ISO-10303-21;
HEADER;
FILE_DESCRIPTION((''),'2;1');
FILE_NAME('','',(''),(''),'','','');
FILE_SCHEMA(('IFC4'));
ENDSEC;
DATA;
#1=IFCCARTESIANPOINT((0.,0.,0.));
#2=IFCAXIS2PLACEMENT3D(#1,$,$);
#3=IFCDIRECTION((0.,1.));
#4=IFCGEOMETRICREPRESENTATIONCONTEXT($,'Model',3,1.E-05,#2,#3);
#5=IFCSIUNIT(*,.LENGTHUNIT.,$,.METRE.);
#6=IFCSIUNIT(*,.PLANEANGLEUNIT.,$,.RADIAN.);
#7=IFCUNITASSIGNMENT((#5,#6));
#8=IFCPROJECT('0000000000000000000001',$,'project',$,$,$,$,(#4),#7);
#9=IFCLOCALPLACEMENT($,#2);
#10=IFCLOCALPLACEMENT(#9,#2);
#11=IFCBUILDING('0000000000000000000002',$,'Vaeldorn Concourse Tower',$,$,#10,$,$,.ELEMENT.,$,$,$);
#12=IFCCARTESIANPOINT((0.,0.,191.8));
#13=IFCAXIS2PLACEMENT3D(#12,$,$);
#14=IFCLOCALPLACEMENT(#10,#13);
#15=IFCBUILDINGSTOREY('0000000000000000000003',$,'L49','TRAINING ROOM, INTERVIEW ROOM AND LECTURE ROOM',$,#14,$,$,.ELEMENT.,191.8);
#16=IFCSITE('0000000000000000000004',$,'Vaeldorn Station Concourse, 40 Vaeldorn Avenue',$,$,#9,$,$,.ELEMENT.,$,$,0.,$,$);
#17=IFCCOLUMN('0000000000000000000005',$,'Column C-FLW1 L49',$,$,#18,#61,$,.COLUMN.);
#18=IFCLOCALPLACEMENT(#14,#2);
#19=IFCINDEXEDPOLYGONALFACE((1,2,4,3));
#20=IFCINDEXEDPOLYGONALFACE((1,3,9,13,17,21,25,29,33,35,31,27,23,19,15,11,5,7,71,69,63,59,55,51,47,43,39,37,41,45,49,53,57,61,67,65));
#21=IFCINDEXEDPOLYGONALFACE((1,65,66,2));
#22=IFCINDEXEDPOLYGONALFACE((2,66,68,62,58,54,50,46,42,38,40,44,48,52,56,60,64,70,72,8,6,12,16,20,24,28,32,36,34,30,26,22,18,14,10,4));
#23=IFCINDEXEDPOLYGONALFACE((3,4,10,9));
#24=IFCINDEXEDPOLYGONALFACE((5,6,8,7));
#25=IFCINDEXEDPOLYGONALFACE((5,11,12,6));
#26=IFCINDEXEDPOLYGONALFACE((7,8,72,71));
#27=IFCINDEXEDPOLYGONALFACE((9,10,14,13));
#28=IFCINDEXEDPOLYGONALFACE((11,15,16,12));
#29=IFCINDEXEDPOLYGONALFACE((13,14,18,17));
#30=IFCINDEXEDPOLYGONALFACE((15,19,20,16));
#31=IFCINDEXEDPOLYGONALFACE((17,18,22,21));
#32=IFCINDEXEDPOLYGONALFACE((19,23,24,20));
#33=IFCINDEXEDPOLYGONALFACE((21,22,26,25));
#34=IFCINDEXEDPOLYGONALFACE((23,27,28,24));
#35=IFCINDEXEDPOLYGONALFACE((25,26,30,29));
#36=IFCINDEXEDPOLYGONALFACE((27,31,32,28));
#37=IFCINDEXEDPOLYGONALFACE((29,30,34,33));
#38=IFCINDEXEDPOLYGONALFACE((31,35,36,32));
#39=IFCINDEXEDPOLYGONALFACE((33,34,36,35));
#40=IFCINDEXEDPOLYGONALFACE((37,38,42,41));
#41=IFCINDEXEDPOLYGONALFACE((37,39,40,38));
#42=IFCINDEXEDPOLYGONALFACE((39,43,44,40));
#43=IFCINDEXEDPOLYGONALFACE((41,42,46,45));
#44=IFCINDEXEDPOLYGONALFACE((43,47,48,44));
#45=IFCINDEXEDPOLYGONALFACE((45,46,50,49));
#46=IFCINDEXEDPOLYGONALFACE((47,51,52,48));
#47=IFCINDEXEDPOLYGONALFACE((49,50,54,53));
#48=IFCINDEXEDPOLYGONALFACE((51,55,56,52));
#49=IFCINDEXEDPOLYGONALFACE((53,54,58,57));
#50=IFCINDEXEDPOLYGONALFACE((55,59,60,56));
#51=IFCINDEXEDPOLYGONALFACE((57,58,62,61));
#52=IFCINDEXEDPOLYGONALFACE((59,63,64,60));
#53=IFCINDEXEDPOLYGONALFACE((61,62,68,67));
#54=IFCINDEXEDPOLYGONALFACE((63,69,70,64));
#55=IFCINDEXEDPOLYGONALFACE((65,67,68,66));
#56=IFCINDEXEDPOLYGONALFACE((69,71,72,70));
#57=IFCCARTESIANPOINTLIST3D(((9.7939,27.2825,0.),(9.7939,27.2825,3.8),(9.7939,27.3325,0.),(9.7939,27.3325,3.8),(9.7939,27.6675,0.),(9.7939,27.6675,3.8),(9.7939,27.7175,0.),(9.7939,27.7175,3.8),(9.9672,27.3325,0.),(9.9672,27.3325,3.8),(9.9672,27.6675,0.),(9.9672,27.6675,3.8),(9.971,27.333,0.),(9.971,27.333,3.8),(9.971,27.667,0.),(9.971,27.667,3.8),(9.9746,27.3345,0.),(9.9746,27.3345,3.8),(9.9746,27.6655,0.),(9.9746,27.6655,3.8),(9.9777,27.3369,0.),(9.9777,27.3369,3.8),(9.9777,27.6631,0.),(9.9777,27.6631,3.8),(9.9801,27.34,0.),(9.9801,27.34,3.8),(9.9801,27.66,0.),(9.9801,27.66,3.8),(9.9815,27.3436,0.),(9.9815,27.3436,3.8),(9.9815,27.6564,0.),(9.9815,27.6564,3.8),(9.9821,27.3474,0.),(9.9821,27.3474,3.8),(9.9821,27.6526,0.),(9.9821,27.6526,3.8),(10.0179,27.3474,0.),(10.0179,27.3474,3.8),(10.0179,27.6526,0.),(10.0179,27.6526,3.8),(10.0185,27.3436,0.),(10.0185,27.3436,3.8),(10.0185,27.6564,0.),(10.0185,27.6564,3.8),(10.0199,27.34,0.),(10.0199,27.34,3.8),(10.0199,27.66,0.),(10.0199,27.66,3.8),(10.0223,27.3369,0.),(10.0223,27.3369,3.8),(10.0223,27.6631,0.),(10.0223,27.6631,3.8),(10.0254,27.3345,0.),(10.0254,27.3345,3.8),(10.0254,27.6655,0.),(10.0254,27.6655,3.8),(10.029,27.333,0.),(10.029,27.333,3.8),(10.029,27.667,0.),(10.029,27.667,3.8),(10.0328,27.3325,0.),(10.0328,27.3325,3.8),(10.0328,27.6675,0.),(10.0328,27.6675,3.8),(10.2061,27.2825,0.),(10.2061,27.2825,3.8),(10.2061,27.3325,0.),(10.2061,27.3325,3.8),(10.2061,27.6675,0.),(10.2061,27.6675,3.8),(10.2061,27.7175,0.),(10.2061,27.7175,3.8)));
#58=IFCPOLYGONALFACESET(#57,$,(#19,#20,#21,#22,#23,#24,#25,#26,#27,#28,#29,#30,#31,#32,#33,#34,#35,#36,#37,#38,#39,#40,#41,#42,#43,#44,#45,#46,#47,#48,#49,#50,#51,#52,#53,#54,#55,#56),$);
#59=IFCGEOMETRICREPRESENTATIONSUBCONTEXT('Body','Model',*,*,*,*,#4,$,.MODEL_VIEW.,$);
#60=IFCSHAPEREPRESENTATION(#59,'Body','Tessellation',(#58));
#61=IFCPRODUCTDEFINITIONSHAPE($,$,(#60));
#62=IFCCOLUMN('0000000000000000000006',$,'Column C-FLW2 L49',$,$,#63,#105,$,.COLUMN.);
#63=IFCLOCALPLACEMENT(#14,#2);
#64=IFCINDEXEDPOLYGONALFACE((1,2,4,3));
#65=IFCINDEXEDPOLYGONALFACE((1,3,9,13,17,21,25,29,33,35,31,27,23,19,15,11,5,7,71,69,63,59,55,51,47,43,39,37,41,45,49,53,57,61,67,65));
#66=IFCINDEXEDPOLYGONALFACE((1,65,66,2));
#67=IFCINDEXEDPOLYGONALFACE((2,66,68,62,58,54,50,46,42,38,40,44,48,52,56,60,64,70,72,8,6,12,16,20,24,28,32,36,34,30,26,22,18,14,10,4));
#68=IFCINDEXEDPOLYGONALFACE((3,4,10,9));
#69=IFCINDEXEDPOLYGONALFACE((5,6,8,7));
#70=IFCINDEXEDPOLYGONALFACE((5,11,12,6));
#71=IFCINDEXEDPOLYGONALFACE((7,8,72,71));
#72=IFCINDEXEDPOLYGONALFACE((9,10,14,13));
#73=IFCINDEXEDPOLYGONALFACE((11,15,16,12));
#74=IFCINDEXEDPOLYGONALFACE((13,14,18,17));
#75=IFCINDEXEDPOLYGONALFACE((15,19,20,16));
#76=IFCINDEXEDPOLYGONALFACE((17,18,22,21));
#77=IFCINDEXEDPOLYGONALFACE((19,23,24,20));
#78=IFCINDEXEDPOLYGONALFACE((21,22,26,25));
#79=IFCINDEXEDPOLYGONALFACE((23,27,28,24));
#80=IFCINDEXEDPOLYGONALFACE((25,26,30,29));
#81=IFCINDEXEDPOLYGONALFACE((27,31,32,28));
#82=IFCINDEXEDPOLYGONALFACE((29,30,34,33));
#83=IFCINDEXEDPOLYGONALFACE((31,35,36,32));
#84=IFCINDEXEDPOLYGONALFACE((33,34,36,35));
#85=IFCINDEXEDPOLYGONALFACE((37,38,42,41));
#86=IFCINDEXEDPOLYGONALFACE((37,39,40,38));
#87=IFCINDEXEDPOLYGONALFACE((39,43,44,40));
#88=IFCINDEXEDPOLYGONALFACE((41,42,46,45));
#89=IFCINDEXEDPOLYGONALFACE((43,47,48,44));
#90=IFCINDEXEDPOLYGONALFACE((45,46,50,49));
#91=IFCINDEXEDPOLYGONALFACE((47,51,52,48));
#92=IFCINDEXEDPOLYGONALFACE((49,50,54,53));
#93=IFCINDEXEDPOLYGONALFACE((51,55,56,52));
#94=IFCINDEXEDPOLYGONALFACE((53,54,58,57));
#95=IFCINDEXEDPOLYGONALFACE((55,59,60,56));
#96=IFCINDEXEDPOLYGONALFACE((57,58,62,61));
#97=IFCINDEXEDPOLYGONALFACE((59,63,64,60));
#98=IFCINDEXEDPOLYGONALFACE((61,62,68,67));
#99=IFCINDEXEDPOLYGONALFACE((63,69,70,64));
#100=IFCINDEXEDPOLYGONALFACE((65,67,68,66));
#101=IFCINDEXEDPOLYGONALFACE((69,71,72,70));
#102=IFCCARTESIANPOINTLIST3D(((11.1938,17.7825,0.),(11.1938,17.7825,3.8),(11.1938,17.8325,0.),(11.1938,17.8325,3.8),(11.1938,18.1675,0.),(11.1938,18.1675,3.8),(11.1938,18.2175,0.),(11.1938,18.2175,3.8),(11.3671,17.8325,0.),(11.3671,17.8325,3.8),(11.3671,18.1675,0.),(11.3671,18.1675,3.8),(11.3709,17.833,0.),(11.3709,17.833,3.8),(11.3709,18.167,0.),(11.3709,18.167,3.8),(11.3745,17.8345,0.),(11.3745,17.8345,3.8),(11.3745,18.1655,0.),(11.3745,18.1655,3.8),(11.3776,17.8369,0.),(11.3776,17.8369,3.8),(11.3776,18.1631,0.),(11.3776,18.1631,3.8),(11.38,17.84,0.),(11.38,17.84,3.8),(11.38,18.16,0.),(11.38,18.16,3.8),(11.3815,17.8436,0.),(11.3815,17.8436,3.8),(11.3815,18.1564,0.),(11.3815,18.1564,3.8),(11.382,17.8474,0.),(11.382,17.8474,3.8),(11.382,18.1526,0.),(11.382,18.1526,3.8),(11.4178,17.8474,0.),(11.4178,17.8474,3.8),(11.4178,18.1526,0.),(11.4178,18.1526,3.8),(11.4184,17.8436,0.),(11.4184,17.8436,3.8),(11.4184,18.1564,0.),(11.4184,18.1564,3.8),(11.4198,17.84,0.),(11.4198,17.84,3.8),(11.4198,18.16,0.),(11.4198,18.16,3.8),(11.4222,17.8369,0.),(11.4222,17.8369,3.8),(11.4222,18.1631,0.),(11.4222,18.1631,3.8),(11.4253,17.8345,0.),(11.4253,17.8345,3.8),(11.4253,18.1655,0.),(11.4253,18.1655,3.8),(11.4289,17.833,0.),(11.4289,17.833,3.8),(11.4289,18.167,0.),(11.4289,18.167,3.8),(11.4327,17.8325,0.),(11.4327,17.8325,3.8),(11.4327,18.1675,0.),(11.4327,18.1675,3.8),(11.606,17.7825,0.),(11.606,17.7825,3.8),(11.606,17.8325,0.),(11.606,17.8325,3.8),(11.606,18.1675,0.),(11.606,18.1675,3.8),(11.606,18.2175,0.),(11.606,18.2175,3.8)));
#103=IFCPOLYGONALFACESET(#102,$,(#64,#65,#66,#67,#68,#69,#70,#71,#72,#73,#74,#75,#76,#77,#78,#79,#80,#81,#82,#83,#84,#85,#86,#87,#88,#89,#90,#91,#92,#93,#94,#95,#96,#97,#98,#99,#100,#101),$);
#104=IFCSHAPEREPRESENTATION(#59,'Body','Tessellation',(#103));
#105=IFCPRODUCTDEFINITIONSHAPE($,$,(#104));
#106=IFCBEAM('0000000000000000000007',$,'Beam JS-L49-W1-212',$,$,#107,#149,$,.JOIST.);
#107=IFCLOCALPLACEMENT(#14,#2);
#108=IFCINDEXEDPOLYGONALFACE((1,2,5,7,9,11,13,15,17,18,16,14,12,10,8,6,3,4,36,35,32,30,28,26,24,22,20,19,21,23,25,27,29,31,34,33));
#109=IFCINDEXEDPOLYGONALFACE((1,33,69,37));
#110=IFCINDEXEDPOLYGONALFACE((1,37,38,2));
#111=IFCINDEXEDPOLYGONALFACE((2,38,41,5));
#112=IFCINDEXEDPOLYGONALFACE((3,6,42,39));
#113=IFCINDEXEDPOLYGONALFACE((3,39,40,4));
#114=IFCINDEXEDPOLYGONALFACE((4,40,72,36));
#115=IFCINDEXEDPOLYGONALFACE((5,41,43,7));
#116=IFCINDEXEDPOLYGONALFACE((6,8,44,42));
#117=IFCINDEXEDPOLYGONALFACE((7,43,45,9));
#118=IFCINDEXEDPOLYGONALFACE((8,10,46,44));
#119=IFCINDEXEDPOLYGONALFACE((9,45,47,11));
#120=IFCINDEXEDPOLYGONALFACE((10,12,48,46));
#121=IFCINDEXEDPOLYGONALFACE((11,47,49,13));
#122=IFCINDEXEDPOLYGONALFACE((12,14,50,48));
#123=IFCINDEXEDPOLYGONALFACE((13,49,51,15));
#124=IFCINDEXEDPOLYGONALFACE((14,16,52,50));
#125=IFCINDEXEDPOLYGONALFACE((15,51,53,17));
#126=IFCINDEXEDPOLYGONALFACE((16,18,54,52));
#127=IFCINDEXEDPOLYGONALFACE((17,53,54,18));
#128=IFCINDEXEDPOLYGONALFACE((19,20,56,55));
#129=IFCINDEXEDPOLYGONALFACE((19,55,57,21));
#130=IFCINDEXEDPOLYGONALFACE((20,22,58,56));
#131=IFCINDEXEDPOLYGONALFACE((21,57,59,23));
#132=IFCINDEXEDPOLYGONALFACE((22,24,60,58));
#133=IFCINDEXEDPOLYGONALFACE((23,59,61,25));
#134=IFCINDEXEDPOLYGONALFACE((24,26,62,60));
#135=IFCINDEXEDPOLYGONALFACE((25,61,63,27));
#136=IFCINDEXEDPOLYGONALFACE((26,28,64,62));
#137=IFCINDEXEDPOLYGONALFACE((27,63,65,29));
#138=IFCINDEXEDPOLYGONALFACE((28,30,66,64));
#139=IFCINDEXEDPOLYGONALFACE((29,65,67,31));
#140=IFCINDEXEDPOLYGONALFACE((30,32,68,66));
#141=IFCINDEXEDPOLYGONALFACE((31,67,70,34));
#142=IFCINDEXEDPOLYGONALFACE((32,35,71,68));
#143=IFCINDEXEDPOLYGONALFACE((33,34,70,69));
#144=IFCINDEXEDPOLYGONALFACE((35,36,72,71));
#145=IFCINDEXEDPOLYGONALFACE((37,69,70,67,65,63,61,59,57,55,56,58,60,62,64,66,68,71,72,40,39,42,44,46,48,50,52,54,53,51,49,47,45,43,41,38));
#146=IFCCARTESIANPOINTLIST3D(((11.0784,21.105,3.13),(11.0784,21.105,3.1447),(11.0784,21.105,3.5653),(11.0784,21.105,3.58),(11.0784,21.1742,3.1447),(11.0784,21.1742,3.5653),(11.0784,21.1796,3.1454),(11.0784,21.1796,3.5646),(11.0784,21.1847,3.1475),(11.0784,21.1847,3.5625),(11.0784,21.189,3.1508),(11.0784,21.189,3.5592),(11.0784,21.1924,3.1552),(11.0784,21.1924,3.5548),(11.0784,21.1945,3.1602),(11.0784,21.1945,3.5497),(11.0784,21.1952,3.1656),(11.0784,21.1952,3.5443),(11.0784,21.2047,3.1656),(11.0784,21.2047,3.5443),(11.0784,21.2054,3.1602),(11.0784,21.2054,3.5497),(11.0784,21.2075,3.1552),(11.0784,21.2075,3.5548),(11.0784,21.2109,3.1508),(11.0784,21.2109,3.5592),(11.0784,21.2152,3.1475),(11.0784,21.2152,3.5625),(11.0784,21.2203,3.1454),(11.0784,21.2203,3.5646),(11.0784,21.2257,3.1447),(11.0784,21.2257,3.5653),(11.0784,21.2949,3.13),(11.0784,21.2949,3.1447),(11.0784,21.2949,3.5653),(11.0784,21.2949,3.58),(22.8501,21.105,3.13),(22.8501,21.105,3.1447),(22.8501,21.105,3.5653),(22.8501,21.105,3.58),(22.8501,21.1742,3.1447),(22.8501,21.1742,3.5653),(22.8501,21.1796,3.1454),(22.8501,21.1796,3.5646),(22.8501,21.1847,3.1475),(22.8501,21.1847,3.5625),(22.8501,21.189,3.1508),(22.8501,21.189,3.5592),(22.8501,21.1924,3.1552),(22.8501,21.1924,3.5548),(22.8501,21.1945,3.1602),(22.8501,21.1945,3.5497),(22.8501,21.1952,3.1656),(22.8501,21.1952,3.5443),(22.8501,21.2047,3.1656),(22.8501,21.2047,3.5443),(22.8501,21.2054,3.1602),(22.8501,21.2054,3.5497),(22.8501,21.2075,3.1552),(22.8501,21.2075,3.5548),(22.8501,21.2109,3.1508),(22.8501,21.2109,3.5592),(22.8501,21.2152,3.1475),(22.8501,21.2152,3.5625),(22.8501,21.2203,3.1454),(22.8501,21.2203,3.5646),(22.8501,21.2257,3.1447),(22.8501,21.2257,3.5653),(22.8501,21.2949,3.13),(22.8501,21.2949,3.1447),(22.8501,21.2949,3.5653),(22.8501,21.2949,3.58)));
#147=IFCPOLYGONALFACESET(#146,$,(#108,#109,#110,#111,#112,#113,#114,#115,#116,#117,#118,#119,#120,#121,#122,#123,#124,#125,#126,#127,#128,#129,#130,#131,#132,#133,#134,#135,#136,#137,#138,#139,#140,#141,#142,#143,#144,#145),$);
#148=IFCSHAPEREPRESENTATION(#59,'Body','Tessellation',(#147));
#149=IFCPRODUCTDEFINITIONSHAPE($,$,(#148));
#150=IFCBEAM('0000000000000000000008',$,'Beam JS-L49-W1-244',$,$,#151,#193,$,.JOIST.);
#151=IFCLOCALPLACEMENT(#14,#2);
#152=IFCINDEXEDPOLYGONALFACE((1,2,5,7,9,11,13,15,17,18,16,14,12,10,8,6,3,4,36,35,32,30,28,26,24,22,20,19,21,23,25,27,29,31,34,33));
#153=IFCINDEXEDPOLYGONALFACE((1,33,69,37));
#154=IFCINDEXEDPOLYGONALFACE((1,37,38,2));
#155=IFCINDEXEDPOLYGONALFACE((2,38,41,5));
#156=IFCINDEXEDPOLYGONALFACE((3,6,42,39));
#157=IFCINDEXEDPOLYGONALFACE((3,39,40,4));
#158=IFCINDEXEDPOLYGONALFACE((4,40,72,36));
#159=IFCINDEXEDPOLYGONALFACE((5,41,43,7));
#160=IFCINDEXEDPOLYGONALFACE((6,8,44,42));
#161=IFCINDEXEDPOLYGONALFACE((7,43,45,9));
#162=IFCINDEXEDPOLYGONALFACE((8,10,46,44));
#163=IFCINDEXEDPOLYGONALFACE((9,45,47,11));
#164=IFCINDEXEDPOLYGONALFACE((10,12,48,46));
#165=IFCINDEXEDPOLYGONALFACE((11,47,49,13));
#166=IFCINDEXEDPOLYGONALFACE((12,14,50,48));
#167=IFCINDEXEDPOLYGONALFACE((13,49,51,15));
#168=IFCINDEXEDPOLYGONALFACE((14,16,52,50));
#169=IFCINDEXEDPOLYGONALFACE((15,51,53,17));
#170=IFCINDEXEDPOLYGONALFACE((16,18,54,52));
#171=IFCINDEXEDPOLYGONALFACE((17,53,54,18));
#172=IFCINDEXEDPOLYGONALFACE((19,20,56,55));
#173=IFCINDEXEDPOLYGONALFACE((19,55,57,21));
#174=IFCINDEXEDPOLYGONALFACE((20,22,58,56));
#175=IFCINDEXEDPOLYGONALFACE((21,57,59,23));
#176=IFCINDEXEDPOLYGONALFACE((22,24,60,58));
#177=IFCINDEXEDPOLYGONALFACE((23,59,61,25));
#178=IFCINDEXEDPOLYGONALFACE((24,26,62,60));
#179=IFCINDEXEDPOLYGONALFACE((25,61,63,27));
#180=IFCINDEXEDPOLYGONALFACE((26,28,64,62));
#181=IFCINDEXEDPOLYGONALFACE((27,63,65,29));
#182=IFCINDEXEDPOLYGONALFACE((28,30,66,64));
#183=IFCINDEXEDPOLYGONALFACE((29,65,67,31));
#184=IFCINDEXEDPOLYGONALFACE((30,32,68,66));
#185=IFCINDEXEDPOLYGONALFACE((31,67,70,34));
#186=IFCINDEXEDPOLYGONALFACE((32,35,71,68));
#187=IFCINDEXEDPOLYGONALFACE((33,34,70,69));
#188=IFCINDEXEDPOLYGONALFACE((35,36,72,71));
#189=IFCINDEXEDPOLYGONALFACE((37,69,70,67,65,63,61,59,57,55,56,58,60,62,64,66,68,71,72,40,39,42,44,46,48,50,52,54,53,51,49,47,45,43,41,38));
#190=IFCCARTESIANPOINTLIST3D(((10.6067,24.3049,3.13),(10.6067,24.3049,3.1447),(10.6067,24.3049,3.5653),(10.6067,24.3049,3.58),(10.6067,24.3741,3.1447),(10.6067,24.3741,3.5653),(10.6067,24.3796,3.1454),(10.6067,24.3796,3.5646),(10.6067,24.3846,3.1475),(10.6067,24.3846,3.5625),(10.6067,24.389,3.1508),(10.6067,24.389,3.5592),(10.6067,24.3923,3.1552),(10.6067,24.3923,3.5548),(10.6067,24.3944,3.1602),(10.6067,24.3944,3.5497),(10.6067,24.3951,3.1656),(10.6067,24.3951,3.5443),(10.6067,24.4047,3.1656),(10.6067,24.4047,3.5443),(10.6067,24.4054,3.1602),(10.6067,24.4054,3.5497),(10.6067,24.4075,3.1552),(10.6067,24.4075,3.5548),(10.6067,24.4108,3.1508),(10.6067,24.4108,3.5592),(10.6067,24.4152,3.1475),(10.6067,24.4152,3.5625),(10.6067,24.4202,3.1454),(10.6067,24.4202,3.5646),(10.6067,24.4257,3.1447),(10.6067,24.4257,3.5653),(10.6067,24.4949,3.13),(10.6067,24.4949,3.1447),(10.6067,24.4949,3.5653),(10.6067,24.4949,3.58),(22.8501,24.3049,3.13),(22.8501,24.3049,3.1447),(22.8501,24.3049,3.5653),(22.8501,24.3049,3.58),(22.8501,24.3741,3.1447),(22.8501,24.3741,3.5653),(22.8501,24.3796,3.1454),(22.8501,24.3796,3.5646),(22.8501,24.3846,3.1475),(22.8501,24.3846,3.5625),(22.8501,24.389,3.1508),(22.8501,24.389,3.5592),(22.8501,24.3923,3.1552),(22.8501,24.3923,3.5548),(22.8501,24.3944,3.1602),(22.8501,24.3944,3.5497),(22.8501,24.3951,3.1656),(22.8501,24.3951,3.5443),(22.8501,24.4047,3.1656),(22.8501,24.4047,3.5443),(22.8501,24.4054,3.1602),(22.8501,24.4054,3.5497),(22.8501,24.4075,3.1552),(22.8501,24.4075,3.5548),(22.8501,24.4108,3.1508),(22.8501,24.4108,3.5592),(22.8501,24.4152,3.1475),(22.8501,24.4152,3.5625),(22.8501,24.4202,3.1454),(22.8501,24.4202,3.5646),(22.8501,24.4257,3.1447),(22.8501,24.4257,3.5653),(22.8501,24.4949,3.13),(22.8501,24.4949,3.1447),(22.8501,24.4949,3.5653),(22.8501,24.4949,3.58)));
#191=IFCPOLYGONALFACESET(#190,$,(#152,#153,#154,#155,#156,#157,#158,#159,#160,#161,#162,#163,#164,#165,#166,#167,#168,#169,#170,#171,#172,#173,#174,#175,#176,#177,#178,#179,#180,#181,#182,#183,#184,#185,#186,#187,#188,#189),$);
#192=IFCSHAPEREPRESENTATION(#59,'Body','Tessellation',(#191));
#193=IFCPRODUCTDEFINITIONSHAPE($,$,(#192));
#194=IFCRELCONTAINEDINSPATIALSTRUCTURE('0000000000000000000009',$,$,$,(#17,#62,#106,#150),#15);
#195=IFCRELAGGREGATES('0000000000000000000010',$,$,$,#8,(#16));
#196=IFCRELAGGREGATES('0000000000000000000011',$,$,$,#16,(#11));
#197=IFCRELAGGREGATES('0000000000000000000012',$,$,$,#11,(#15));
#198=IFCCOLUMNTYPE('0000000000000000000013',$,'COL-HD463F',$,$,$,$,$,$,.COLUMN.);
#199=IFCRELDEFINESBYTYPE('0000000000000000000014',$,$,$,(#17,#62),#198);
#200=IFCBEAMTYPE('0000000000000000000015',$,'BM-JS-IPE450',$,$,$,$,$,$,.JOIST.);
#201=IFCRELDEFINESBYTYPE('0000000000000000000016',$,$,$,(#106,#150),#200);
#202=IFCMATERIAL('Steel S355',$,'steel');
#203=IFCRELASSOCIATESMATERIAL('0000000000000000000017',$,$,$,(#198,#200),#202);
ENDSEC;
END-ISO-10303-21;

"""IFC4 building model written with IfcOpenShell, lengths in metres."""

from ifc_helpers import new_model, si_unit, direction, frame, origin, origin_2d, place, context, subcontext, project, spatial, i_section, extrude, source, transform, mapped, material, material_profile, profile_set, type_object, element, save


model = new_model("IFC4")

# Units and contexts
model_context = context("Model", 3, precision=1e-05, world=origin(), true_north=direction((0.0, 1.0)))
body_context = subcontext(model_context, "Body", "Model", "MODEL_VIEW")
ifc_project = project(units=[si_unit("LENGTHUNIT", "METRE"), si_unit("PLANEANGLEUNIT", "RADIAN")], contexts=[model_context])

# Site, building, storey
site_placement = place(None, origin())
site = spatial("IfcSite", under=ifc_project, at=site_placement, Name="Vaeldorn Station Concourse, 40 Vaeldorn Avenue", CompositionType="ELEMENT", RefElevation=0.0)
building_placement = place(site_placement, origin())
building = spatial("IfcBuilding", under=site, at=building_placement, Name="Vaeldorn Concourse Tower", CompositionType="ELEMENT")
storey_placement = place(building_placement, frame((0.0, 0.0, 191.8)))
storey = spatial("IfcBuildingStorey", under=building, at=storey_placement, Name="L49", Description="TRAINING ROOM, INTERVIEW ROOM AND LECTURE ROOM", CompositionType="ELEMENT", Elevation=191.8)

# Columns
ifc_material_1 = material(Name="Steel S355", Category="steel")
ifc_material_profile_1 = material_profile(ifc_material_1, i_section(OverallWidth=0.4121, OverallDepth=0.4351, WebThickness=0.0359, FlangeThickness=0.05, FilletRadius=0.0149, at=origin_2d()), Name="HD 400x463")
ifc_profile_set_1 = profile_set([ifc_material_profile_1], Name="Steel S355")
column_type = type_object("IfcColumnType", Name="COL-HD463F", PredefinedType="COLUMN", material=ifc_profile_set_1)
shared_shape_1 = source(origin(), body_context, "Body", "SweptSolid", [
    extrude(i_section(OverallWidth=0.4121, OverallDepth=0.4351, WebThickness=0.0359, FlangeThickness=0.05, FilletRadius=0.0149, at=origin_2d()), origin(), (0.0, 0.0, 1.0), 3.8),
])
for number, where, z_axis, x_axis, name in (
    (1, (10.0, 27.5, 0.0), (0.0, 0.0, 1.0), (1.0, 0.0, 0.0), "Column C-FLW1 L49"),
    (2, (11.3999, 18.0, 0.0), (0.0, 0.0, 1.0), (1.0, 0.0, 0.0), "Column C-FLW2 L49"),
):
    element("IfcColumn", number, at=place(storey_placement, frame(where, z_axis=z_axis, x_axis=x_axis)), inside=storey, type_object=column_type, Name=name, PredefinedType="COLUMN", context=body_context, shape_type="MappedRepresentation", body=[
        mapped(shared_shape_1, transform((0.0, 0.0, 0.0), scale=1.0)),
    ])

# Beams
ifc_material_profile_2 = material_profile(ifc_material_1, i_section(OverallWidth=0.1899, OverallDepth=0.45, WebThickness=0.0095, FlangeThickness=0.0146, FilletRadius=0.021, at=origin_2d()), Name="IPE 450")
ifc_profile_set_2 = profile_set([ifc_material_profile_2], Name="Steel S355")
beam_type_1 = type_object("IfcBeamType", Name="BM-JS-IPE450", PredefinedType="JOIST", material=ifc_profile_set_2)
shared_shape_2 = source(origin(), body_context, "Body", "SweptSolid", [
    extrude(i_section(OverallWidth=0.1899, OverallDepth=0.45, WebThickness=0.0095, FlangeThickness=0.0146, FilletRadius=0.021, at=origin_2d()), origin(), (0.0, 0.0, 1.0), 11.7717),
])
beam_1_placement = place(storey_placement, frame((11.0784, 21.2, 3.355), z_axis=(1.0, 0.0, 0.0), x_axis=(0.0, 1.0, 0.0)))
element("IfcBeam", 3, at=beam_1_placement, inside=storey, type_object=beam_type_1, Name="Beam JS-L49-W1-212", PredefinedType="JOIST", context=body_context, shape_type="MappedRepresentation", body=[
    mapped(shared_shape_2, transform((0.0, 0.0, 0.0), scale=1.0)),
])
shared_shape_3 = source(origin(), body_context, "Body", "SweptSolid", [
    extrude(i_section(OverallWidth=0.1899, OverallDepth=0.45, WebThickness=0.0095, FlangeThickness=0.0146, FilletRadius=0.021, at=origin_2d()), origin(), (0.0, 0.0, 1.0), 12.2434),
])
beam_2_placement = place(storey_placement, frame((10.6067, 24.3999, 3.355), z_axis=(1.0, 0.0, 0.0), x_axis=(0.0, 1.0, 0.0)))
element("IfcBeam", 4, at=beam_2_placement, inside=storey, type_object=beam_type_1, Name="Beam JS-L49-W1-244", PredefinedType="JOIST", context=body_context, shape_type="MappedRepresentation", body=[
    mapped(shared_shape_3, transform((0.0, 0.0, 0.0), scale=1.0)),
])

save(model, "model.ifc")
